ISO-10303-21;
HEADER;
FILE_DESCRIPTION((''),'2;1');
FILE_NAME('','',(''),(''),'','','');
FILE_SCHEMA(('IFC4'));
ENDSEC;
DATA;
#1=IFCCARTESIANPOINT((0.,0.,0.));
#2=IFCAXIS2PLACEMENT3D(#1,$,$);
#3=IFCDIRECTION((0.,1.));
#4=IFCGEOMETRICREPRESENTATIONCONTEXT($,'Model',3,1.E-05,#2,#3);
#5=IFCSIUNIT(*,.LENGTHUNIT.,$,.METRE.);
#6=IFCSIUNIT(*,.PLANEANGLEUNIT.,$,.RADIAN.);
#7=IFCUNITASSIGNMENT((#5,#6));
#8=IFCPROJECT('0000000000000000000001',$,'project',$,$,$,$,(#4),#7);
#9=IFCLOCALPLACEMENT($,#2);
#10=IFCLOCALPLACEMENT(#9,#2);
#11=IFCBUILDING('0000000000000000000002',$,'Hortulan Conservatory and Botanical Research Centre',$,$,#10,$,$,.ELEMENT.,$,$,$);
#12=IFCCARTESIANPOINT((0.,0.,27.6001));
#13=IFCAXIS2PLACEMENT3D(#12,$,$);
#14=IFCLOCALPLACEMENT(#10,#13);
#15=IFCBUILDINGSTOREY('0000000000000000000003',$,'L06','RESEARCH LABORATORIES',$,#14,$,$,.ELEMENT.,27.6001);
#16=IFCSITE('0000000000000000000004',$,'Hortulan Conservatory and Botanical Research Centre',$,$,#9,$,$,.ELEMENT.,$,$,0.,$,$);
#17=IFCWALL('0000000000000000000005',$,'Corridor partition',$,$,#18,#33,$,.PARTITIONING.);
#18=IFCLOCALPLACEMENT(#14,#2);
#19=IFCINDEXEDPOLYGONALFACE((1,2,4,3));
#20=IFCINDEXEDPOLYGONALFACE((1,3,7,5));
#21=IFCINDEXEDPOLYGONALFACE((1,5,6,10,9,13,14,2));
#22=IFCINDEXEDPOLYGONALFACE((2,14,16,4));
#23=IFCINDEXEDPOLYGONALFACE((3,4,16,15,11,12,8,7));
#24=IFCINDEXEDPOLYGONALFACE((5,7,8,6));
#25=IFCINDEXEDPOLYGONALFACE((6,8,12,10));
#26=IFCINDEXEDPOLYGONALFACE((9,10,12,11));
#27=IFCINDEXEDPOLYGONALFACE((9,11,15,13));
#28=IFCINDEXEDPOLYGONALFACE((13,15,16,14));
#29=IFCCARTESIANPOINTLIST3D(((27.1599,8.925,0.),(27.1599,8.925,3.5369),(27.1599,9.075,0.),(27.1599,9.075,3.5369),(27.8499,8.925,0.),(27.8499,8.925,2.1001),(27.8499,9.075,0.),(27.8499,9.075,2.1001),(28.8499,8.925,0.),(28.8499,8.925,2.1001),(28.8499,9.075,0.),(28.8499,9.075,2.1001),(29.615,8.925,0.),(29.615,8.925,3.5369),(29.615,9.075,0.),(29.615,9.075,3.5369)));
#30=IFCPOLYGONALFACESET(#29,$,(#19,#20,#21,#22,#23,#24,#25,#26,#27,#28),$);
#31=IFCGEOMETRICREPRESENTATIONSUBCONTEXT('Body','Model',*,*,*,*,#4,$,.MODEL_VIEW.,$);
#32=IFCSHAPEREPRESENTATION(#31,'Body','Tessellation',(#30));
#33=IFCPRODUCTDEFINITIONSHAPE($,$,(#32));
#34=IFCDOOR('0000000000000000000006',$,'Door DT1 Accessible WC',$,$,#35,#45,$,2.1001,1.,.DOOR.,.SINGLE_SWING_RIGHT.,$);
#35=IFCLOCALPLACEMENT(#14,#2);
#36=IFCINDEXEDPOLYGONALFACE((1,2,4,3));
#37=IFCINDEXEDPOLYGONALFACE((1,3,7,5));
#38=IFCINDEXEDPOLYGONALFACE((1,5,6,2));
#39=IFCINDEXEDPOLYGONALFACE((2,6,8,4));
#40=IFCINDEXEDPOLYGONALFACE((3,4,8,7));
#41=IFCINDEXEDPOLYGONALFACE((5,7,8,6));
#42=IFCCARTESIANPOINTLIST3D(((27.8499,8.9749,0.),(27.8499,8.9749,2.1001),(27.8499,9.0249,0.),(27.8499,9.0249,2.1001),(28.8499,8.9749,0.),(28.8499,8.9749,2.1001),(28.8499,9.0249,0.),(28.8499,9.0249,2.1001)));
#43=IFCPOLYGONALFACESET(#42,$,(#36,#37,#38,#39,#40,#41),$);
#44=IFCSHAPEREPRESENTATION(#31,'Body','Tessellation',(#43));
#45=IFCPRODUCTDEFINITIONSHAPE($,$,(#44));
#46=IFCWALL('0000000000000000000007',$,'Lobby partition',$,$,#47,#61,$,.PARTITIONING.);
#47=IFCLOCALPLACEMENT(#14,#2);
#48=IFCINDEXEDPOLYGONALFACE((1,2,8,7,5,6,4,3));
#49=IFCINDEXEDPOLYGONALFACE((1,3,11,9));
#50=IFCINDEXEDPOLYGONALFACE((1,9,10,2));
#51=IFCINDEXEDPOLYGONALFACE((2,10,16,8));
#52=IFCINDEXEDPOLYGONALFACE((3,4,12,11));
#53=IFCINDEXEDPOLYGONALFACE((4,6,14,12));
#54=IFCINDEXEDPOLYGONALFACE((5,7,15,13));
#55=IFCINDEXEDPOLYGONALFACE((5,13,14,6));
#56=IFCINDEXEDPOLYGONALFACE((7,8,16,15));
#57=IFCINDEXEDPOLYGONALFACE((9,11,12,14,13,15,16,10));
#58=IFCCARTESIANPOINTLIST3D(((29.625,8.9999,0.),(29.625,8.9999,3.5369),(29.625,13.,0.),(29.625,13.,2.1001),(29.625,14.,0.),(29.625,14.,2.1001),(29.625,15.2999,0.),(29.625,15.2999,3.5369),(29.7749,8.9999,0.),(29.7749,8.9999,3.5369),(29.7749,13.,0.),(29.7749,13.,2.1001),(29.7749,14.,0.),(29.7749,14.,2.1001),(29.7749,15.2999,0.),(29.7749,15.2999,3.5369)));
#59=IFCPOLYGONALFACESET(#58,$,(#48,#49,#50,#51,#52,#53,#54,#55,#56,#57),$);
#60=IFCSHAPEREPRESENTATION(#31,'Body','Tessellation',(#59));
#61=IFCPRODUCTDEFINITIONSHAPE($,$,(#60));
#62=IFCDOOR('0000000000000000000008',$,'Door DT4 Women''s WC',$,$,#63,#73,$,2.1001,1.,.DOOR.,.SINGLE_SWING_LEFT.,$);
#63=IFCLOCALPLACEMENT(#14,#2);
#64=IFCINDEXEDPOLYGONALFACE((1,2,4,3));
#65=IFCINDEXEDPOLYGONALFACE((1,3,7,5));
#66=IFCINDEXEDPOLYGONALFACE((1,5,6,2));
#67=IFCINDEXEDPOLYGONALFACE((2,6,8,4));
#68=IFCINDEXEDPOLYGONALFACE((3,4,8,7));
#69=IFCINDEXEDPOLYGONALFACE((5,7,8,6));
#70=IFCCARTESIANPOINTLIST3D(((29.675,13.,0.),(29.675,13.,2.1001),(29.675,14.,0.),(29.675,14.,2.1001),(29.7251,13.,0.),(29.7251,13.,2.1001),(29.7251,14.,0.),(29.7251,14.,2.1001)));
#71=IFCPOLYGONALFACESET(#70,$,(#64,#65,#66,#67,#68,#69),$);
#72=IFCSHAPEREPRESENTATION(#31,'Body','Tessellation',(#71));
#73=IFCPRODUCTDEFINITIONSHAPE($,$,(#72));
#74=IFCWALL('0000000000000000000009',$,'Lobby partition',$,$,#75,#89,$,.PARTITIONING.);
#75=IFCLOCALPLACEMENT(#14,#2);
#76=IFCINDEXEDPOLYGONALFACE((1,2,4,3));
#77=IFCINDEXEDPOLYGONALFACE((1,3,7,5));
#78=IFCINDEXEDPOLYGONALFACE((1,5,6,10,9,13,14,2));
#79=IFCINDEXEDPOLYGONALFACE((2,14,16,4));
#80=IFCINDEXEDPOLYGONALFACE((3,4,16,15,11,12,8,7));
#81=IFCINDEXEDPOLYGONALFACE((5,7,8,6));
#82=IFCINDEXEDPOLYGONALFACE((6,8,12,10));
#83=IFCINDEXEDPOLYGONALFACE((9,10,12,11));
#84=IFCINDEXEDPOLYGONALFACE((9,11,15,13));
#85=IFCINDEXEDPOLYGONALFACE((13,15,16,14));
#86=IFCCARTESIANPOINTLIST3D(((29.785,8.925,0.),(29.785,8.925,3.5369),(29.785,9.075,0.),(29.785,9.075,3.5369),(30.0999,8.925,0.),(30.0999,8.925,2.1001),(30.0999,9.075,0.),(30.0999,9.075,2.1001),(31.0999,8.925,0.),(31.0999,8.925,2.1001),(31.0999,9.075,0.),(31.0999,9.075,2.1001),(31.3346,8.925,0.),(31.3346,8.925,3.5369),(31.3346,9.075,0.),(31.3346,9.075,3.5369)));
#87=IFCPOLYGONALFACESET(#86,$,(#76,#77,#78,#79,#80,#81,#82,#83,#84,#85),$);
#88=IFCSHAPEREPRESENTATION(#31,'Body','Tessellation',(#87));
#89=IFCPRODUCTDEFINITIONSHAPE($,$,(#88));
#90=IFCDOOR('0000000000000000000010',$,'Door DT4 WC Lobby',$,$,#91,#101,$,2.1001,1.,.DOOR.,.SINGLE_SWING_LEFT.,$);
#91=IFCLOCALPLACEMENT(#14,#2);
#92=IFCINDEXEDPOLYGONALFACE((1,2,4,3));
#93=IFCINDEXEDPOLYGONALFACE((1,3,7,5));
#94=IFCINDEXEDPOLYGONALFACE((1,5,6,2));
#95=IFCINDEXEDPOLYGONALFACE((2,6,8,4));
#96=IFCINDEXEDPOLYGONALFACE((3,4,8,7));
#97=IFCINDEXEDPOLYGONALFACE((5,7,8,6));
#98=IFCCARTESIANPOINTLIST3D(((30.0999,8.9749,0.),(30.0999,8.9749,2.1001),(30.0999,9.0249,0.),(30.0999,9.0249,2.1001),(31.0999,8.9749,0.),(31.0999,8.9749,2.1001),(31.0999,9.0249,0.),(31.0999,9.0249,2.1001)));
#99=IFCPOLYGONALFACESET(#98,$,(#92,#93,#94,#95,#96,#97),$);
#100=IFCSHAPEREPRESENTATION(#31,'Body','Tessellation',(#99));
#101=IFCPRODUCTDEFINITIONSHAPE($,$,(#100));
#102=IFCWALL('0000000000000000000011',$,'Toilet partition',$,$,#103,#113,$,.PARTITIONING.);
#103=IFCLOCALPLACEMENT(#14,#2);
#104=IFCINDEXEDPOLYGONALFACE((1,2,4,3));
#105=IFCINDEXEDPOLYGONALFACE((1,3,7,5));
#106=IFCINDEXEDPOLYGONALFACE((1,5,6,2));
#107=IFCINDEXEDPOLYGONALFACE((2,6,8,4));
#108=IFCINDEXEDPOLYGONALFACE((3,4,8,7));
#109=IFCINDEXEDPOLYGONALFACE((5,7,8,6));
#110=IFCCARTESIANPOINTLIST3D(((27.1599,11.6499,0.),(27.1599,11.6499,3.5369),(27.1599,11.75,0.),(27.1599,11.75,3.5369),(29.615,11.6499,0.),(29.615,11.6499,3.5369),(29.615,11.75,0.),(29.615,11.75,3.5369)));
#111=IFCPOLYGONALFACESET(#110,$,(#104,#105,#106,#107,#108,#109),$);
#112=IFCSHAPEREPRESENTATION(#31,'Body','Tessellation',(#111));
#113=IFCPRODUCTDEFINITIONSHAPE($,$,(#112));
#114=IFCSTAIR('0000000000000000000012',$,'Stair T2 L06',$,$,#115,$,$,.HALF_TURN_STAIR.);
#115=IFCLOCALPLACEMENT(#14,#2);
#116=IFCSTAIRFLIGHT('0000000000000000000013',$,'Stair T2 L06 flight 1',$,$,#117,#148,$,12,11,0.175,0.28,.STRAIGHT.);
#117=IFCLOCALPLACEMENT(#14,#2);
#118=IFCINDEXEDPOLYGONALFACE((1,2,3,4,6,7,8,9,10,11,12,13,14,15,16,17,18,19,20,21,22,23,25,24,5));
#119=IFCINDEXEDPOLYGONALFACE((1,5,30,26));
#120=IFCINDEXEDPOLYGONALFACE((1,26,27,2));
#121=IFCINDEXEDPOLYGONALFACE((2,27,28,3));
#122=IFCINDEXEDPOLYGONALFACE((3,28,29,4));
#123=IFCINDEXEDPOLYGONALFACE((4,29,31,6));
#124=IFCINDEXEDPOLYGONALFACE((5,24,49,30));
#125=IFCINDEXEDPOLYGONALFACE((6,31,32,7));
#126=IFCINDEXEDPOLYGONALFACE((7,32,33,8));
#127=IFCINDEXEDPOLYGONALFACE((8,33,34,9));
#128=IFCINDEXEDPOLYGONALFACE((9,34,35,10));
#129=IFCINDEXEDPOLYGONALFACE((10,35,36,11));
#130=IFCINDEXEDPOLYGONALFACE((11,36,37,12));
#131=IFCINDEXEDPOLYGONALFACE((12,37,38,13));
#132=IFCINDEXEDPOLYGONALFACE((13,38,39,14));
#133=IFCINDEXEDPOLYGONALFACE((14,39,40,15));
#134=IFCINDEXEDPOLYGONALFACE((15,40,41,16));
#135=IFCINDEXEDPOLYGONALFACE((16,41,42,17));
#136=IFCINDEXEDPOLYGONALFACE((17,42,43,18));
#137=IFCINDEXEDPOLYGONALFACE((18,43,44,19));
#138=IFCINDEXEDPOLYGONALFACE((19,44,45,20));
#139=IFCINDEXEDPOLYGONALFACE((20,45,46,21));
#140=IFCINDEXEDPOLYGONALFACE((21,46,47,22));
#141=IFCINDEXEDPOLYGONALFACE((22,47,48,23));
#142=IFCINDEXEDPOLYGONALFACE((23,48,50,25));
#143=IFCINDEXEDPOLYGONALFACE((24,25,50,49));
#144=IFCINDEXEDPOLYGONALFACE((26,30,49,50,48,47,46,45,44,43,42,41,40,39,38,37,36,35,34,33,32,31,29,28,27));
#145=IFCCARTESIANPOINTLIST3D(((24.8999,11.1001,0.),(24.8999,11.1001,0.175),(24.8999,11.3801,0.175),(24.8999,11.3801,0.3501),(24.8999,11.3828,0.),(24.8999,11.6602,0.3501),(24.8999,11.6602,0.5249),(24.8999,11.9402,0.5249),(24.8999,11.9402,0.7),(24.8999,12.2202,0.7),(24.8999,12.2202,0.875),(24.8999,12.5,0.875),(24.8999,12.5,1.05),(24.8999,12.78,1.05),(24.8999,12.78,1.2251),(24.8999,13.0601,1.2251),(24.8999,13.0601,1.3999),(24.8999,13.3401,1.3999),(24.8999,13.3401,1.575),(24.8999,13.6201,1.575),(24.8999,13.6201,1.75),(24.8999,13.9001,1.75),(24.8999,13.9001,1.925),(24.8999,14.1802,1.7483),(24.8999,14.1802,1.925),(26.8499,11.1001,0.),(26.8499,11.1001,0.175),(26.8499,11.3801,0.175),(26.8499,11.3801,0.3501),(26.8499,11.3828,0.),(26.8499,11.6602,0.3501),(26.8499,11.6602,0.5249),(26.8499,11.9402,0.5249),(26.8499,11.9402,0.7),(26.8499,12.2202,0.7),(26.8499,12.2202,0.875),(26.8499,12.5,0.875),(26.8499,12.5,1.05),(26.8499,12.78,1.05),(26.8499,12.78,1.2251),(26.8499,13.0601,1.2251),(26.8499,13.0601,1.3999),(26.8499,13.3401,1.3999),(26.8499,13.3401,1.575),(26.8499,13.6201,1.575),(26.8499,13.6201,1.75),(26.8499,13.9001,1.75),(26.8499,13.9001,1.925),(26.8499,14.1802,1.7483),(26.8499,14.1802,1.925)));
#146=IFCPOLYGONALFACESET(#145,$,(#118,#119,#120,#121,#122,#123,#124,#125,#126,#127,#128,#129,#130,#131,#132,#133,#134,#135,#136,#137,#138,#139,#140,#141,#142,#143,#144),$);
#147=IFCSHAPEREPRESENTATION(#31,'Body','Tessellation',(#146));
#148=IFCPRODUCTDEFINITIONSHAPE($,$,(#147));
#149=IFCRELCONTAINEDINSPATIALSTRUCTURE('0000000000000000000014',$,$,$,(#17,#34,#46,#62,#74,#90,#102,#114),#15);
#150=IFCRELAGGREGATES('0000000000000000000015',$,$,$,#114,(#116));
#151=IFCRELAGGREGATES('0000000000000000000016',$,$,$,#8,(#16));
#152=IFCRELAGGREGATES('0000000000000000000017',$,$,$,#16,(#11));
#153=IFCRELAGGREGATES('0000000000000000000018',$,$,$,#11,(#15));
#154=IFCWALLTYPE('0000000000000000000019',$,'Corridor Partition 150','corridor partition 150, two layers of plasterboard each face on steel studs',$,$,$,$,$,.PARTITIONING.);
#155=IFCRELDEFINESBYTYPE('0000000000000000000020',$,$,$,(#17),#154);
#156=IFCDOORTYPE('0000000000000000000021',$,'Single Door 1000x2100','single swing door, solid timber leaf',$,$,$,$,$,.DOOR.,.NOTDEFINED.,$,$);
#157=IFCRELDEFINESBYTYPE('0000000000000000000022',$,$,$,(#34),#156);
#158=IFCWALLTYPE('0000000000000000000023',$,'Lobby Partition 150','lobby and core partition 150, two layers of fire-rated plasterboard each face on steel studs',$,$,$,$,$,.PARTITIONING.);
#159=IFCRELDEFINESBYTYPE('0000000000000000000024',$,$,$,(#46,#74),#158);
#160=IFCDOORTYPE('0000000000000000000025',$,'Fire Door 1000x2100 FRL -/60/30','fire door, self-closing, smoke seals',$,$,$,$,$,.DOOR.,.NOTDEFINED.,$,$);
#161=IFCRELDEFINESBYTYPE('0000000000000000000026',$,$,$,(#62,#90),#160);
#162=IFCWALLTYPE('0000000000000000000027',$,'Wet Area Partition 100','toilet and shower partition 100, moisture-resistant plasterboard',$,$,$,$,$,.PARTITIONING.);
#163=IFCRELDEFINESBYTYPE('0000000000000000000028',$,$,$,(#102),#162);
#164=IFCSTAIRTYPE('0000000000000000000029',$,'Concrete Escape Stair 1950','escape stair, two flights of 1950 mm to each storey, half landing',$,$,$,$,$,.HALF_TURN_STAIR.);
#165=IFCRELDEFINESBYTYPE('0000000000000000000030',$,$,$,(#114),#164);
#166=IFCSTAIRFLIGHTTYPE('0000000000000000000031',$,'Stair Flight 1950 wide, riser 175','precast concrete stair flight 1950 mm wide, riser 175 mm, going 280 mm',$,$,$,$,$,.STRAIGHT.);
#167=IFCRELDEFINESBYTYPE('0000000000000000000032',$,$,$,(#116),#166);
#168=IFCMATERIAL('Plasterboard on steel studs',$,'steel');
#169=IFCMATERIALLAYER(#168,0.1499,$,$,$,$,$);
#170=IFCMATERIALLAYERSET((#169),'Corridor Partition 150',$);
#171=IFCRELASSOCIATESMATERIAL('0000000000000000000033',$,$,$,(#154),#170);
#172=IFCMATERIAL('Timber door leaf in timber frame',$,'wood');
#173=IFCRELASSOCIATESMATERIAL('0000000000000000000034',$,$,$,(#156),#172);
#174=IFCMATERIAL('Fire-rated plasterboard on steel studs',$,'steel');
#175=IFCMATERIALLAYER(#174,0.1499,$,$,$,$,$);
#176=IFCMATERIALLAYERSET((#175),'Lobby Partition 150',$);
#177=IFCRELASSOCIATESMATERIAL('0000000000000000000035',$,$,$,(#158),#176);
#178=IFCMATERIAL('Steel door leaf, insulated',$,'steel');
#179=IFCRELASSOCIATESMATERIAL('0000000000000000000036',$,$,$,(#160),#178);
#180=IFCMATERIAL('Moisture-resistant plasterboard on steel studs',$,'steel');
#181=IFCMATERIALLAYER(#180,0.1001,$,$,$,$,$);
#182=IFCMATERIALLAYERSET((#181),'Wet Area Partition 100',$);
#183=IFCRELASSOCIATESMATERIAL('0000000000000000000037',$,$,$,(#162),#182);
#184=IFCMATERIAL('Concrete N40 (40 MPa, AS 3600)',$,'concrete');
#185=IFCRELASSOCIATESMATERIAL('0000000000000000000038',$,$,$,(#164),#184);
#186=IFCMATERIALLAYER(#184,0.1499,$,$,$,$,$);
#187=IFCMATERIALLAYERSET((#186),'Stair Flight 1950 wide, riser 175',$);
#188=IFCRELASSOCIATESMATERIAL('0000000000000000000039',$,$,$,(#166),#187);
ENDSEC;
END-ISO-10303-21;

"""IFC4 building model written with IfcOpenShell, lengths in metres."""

from ifc_helpers import new_model, si_unit, direction, frame, frame_2d, origin, place, context, subcontext, project, spatial, polyline, rectangle, outline, extrude, material, layer, layer_set, type_object, element, fill, aggregate, save


model = new_model("IFC4")

# Units and contexts
model_context = context("Model", 3, precision=1e-05, world=origin(), true_north=direction((0.0, 1.0)))
body_context = subcontext(model_context, "Body", "Model", "MODEL_VIEW")
ifc_project = project(units=[si_unit("LENGTHUNIT", "METRE"), si_unit("PLANEANGLEUNIT", "RADIAN")], contexts=[model_context])

# Site, building, storey
site_placement = place(None, origin())
site = spatial("IfcSite", under=ifc_project, at=site_placement, Name="Hortulan Conservatory and Botanical Research Centre", CompositionType="ELEMENT", RefElevation=0.0)
building_placement = place(site_placement, origin())
building = spatial("IfcBuilding", under=site, at=building_placement, Name="Hortulan Conservatory and Botanical Research Centre", CompositionType="ELEMENT")
storey_placement = place(building_placement, frame((0.0, 0.0, 27.6001)))
storey = spatial("IfcBuildingStorey", under=building, at=storey_placement, Name="L06", Description="RESEARCH LABORATORIES", CompositionType="ELEMENT", Elevation=27.6001)

# Walls, openings, doors
ifc_material_1 = material(Name="Steel door leaf, insulated", Category="steel")
ifc_material_2 = material(Name="Plasterboard on steel studs", Category="steel")
ifc_layer_1 = layer(ifc_material_2, 0.1499)
ifc_layer_set_1 = layer_set([ifc_layer_1], Name="Corridor Partition 150")
wall_type_1 = type_object("IfcWallType", Name="Corridor Partition 150", Description="corridor partition 150, two layers of plasterboard each face on steel studs", PredefinedType="PARTITIONING", material=ifc_layer_set_1)
wall_1_placement = place(storey_placement, frame((27.1599, 9.0, 0.0), z_axis=(0.0, 0.0, 1.0), x_axis=(1.0, 0.0, 0.0)))
wall_1 = element("IfcWall", 1, at=wall_1_placement, inside=storey, type_object=wall_type_1, Name="Corridor partition", PredefinedType="PARTITIONING", context=body_context, shape_type="SweptSolid", body=[
    extrude(rectangle(XDim=2.4551, YDim=0.1499, at=frame_2d((1.2275, 0.0))), origin(), (0.0, 0.0, 1.0), 3.5369),
])
opening_1_placement = place(wall_1_placement, frame((0.6899, 0.0, 0.0)))
opening_1 = element("IfcOpeningElement", 2, at=opening_1_placement, cuts=wall_1, PredefinedType="OPENING", context=body_context, shape_type="SweptSolid", body=[
    extrude(rectangle(XDim=1.0, YDim=2.1001, at=frame_2d((0.5, 1.05))), frame((0.0, 0.085, 0.0), z_axis=(0.0, -1.0, 0.0), x_axis=(1.0, 0.0, 0.0)), (0.0, 0.0, 1.0), 0.1699),
])
ifc_material_3 = material(Name="Timber door leaf in timber frame", Category="wood")
door_type_1 = type_object("IfcDoorType", Name="Single Door 1000x2100", Description="single swing door, solid timber leaf", OperationType="NOTDEFINED", PredefinedType="DOOR", material=ifc_material_3)
door_1_placement = place(opening_1_placement, origin())
door_1 = element("IfcDoor", 3, at=door_1_placement, inside=storey, type_object=door_type_1, Name="Door DT1 Accessible WC", OperationType="SINGLE_SWING_RIGHT", OverallHeight=2.1001, OverallWidth=1.0, PredefinedType="DOOR", context=body_context, shape_type="SweptSolid", body=[
    extrude(rectangle(XDim=1.0, YDim=2.1001, at=frame_2d((0.5, 1.05))), frame((0.0, 0.0249, 0.0), z_axis=(0.0, -1.0, 0.0), x_axis=(1.0, 0.0, 0.0)), (0.0, 0.0, 1.0), 0.05),
])
fill(opening_1, door_1)
ifc_material_4 = material(Name="Fire-rated plasterboard on steel studs", Category="steel")
ifc_layer_2 = layer(ifc_material_4, 0.1499)
ifc_layer_set_2 = layer_set([ifc_layer_2], Name="Lobby Partition 150")
wall_type_2 = type_object("IfcWallType", Name="Lobby Partition 150", Description="lobby and core partition 150, two layers of fire-rated plasterboard each face on steel studs", PredefinedType="PARTITIONING", material=ifc_layer_set_2)
wall_2_placement = place(storey_placement, frame((29.7, 9.0, 0.0), z_axis=(0.0, 0.0, 1.0), x_axis=(0.0, 1.0, 0.0)))
wall_2 = element("IfcWall", 4, at=wall_2_placement, inside=storey, type_object=wall_type_2, Name="Lobby partition", PredefinedType="PARTITIONING", context=body_context, shape_type="SweptSolid", body=[
    extrude(rectangle(XDim=6.3, YDim=0.1499, at=frame_2d((3.1499, 0.0))), origin(), (0.0, 0.0, 1.0), 3.5369),
])
opening_2_placement = place(wall_2_placement, frame((4.0, 0.0, 0.0)))
opening_2 = element("IfcOpeningElement", 5, at=opening_2_placement, cuts=wall_2, PredefinedType="OPENING", context=body_context, shape_type="SweptSolid", body=[
    extrude(rectangle(XDim=1.0, YDim=2.1001, at=frame_2d((0.5, 1.05))), frame((0.0, 0.085, 0.0), z_axis=(0.0, -1.0, 0.0), x_axis=(1.0, 0.0, 0.0)), (0.0, 0.0, 1.0), 0.1699),
])
door_type_2 = type_object("IfcDoorType", Name="Fire Door 1000x2100 FRL -/60/30", Description="fire door, self-closing, smoke seals", OperationType="NOTDEFINED", PredefinedType="DOOR", material=ifc_material_1)
door_2_placement = place(opening_2_placement, origin())
door_2 = element("IfcDoor", 6, at=door_2_placement, inside=storey, type_object=door_type_2, Name="Door DT4 Women's WC", OperationType="SINGLE_SWING_LEFT", OverallHeight=2.1001, OverallWidth=1.0, PredefinedType="DOOR", context=body_context, shape_type="SweptSolid", body=[
    extrude(rectangle(XDim=1.0, YDim=2.1001, at=frame_2d((0.5, 1.05))), frame((0.0, 0.0249, 0.0), z_axis=(0.0, -1.0, 0.0), x_axis=(1.0, 0.0, 0.0)), (0.0, 0.0, 1.0), 0.05),
])
fill(opening_2, door_2)
wall_3_placement = place(storey_placement, frame((29.7849, 9.0, 0.0), z_axis=(0.0, 0.0, 1.0), x_axis=(1.0, 0.0, 0.0)))
wall_3 = element("IfcWall", 7, at=wall_3_placement, inside=storey, type_object=wall_type_2, Name="Lobby partition", PredefinedType="PARTITIONING", context=body_context, shape_type="SweptSolid", body=[
    extrude(rectangle(XDim=1.5496, YDim=0.1499, at=frame_2d((0.7749, 0.0))), origin(), (0.0, 0.0, 1.0), 3.5369),
])
opening_3_placement = place(wall_3_placement, frame((0.3149, 0.0, 0.0)))
opening_3 = element("IfcOpeningElement", 8, at=opening_3_placement, cuts=wall_3, PredefinedType="OPENING", context=body_context, shape_type="SweptSolid", body=[
    extrude(rectangle(XDim=1.0, YDim=2.1001, at=frame_2d((0.5, 1.05))), frame((0.0, 0.085, 0.0), z_axis=(0.0, -1.0, 0.0), x_axis=(1.0, 0.0, 0.0)), (0.0, 0.0, 1.0), 0.1699),
])
door_3_placement = place(opening_3_placement, origin())
door_3 = element("IfcDoor", 9, at=door_3_placement, inside=storey, type_object=door_type_2, Name="Door DT4 WC Lobby", OperationType="SINGLE_SWING_LEFT", OverallHeight=2.1001, OverallWidth=1.0, PredefinedType="DOOR", context=body_context, shape_type="SweptSolid", body=[
    extrude(rectangle(XDim=1.0, YDim=2.1001, at=frame_2d((0.5, 1.05))), frame((0.0, 0.0249, 0.0), z_axis=(0.0, -1.0, 0.0), x_axis=(1.0, 0.0, 0.0)), (0.0, 0.0, 1.0), 0.05),
])
fill(opening_3, door_3)

# Wall
ifc_material_5 = material(Name="Moisture-resistant plasterboard on steel studs", Category="steel")
ifc_layer_3 = layer(ifc_material_5, 0.1001)
ifc_layer_set_3 = layer_set([ifc_layer_3], Name="Wet Area Partition 100")
wall_type_3 = type_object("IfcWallType", Name="Wet Area Partition 100", Description="toilet and shower partition 100, moisture-resistant plasterboard", PredefinedType="PARTITIONING", material=ifc_layer_set_3)
wall_4_placement = place(storey_placement, frame((27.1599, 11.7, 0.0), z_axis=(0.0, 0.0, 1.0), x_axis=(1.0, 0.0, 0.0)))
element("IfcWall", 10, at=wall_4_placement, inside=storey, type_object=wall_type_3, Name="Toilet partition", PredefinedType="PARTITIONING", context=body_context, shape_type="SweptSolid", body=[
    extrude(rectangle(XDim=2.4551, YDim=0.1001, at=frame_2d((1.2275, 0.0))), origin(), (0.0, 0.0, 1.0), 3.5369),
])

# Stair, stair flight
ifc_material_6 = material(Name="Concrete N40 (40 MPa, AS 3600)", Category="concrete")
stair_type = type_object("IfcStairType", Name="Concrete Escape Stair 1950", Description="escape stair, two flights of 1950 mm to each storey, half landing", PredefinedType="HALF_TURN_STAIR", material=ifc_material_6)
stair_placement = place(storey_placement, origin())
stair = element("IfcStair", 11, at=stair_placement, inside=storey, type_object=stair_type, Name="Stair T2 L06", PredefinedType="HALF_TURN_STAIR")
ifc_layer_4 = layer(ifc_material_6, 0.1499)
ifc_layer_set_4 = layer_set([ifc_layer_4], Name="Stair Flight 1950 wide, riser 175")
stair_flight_type = type_object("IfcStairFlightType", Name="Stair Flight 1950 wide, riser 175", Description="precast concrete stair flight 1950 mm wide, riser 175 mm, going 280 mm", PredefinedType="STRAIGHT", material=ifc_layer_set_4)
stair_flight_1_placement = place(storey_placement, frame((25.875, 11.1001, 0.0), z_axis=(0.0, 0.0, 1.0), x_axis=(0.0, 1.0, 0.0)))
stair_flight_1 = element("IfcStairFlight", 12, at=stair_flight_1_placement, type_object=stair_flight_type, Name="Stair T2 L06 flight 1", NumberOfRisers=12, NumberOfTreads=11, PredefinedType="STRAIGHT", RiserHeight=0.175, TreadLength=0.28, context=body_context, shape_type="SweptSolid", body=[
    extrude(outline(polyline([(0.0, 0.0), (0.0, 0.175), (0.28, 0.175), (0.28, 0.3501), (0.5601, 0.3501), (0.5601, 0.5249), (0.8401, 0.5249), (0.8401, 0.7), (1.1201, 0.7), (1.1201, 0.875), (1.3999, 0.875), (1.3999, 1.05), (1.6799, 1.05), (1.6799, 1.2251), (1.96, 1.2251), (1.96, 1.3999), (2.24, 1.3999), (2.24, 1.575), (2.52, 1.575), (2.52, 1.75), (2.8, 1.75), (2.8, 1.925), (3.0801, 1.925), (3.0801, 2.1001), (3.0801, 1.7483), (0.2827, 0.0), (0.0, 0.0)])), frame((0.0, 0.9751, 0.0), z_axis=(0.0, -1.0, 0.0), x_axis=(1.0, 0.0, 0.0)), (0.0, 0.0, 1.0), 1.95),
])
aggregate(stair, [stair_flight_1])

save(model, "model.ifc")
